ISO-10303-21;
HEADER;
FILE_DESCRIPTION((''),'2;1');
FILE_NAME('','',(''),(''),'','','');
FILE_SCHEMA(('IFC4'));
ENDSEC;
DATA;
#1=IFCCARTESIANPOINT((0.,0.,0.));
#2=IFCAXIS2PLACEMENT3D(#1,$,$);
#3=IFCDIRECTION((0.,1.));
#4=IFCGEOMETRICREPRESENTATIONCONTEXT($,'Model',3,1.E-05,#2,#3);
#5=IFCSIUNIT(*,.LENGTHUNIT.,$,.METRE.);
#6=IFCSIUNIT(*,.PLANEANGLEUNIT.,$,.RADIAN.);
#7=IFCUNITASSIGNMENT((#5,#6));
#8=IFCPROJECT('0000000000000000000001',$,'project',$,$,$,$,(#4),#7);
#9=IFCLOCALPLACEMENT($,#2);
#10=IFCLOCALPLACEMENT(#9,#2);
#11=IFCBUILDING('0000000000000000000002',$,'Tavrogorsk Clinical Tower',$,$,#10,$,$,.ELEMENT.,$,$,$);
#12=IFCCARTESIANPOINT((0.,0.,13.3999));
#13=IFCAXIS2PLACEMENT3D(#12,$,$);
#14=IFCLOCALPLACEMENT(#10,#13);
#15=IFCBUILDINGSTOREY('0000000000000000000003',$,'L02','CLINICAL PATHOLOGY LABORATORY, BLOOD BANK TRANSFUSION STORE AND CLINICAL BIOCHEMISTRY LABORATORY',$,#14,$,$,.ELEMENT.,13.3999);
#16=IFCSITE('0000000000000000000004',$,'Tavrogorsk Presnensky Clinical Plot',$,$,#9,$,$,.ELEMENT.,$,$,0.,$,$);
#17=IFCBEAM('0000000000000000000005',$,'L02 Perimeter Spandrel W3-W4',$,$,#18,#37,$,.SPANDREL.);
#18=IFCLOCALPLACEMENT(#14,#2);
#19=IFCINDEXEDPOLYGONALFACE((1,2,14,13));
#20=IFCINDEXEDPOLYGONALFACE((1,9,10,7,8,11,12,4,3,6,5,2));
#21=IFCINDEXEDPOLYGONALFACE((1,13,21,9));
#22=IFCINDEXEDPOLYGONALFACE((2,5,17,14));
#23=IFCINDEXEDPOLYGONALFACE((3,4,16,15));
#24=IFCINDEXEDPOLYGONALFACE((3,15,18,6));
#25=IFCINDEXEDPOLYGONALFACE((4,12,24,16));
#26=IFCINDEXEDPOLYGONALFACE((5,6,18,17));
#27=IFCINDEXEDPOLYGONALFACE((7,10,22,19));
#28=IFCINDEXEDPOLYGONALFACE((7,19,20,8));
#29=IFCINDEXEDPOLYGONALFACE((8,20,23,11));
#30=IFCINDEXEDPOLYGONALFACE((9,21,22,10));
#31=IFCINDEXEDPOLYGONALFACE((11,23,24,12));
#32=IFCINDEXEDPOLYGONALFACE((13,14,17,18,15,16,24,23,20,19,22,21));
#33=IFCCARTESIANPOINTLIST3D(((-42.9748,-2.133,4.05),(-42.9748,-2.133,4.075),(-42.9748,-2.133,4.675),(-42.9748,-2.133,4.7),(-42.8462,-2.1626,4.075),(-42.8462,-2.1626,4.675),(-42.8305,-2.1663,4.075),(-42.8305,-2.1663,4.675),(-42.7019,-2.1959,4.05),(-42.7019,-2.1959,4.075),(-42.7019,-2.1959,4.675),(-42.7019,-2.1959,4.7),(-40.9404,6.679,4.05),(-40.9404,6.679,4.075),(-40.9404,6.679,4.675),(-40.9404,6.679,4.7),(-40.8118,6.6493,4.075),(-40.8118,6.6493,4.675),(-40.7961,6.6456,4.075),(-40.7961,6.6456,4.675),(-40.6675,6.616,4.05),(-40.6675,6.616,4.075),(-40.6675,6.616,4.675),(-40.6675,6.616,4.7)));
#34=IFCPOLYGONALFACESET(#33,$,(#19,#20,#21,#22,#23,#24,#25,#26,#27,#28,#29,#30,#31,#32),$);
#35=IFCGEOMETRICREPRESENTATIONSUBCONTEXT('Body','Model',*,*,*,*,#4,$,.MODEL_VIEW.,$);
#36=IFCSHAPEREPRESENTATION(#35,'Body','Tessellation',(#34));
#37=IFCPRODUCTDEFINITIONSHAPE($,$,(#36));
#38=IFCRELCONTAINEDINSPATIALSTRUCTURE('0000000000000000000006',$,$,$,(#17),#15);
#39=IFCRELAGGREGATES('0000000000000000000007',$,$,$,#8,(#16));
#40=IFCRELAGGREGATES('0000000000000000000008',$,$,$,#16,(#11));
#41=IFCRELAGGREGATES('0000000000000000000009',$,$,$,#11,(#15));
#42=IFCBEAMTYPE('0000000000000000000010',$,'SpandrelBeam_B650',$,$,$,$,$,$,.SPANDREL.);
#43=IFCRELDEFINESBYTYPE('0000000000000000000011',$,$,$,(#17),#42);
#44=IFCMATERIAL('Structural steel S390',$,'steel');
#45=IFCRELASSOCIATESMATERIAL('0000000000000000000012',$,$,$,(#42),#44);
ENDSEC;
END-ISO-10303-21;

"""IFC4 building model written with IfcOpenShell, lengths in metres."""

from ifc_helpers import new_model, si_unit, direction, frame, origin, origin_2d, place, context, subcontext, project, spatial, i_section, extrude, material, material_profile, profile_set, type_object, element, save


model = new_model("IFC4")

# Units and contexts
model_context = context("Model", 3, precision=1e-05, world=origin(), true_north=direction((0.0, 1.0)))
body_context = subcontext(model_context, "Body", "Model", "MODEL_VIEW")
ifc_project = project(units=[si_unit("LENGTHUNIT", "METRE"), si_unit("PLANEANGLEUNIT", "RADIAN")], contexts=[model_context])

# Site, building, storey
site_placement = place(None, origin())
site = spatial("IfcSite", under=ifc_project, at=site_placement, Name="Tavrogorsk Presnensky Clinical Plot", CompositionType="ELEMENT", RefElevation=0.0)
building_placement = place(site_placement, origin())
building = spatial("IfcBuilding", under=site, at=building_placement, Name="Tavrogorsk Clinical Tower", CompositionType="ELEMENT")
storey_placement = place(building_placement, frame((0.0, 0.0, 13.3999)))
storey = spatial("IfcBuildingStorey", under=building, at=storey_placement, Name="L02", Description="CLINICAL PATHOLOGY LABORATORY, BLOOD BANK TRANSFUSION STORE AND CLINICAL BIOCHEMISTRY LABORATORY", CompositionType="ELEMENT", Elevation=13.3999)

# Beam
ifc_material_1 = material(Name="Structural steel S390", Category="steel")
ifc_material_profile_1 = material_profile(ifc_material_1, i_section(OverallWidth=0.28, OverallDepth=0.6499, WebThickness=0.0161, FlangeThickness=0.0249, at=origin_2d()), Name="B-650x280x16x25")
ifc_profile_set_1 = profile_set([ifc_material_profile_1], Name="Structural steel S390")
beam_type_1 = type_object("IfcBeamType", Name="SpandrelBeam_B650", PredefinedType="SPANDREL", material=ifc_profile_set_1)
beam_1_placement = place(storey_placement, frame((-40.804, 6.6475, 4.375), z_axis=(-0.224952, -0.97437, 0.0), x_axis=(0.97437, -0.224952, 0.0)))
element("IfcBeam", 1, at=beam_1_placement, inside=storey, type_object=beam_type_1, Name="L02 Perimeter Spandrel W3-W4", PredefinedType="SPANDREL", context=body_context, shape_type="SweptSolid", body=[
    extrude(i_section(OverallWidth=0.28, OverallDepth=0.6499, WebThickness=0.0161, FlangeThickness=0.0249, at=origin_2d()), origin(), (0.0, 0.0, 1.0), 9.0437),
])

save(model, "model.ifc")
